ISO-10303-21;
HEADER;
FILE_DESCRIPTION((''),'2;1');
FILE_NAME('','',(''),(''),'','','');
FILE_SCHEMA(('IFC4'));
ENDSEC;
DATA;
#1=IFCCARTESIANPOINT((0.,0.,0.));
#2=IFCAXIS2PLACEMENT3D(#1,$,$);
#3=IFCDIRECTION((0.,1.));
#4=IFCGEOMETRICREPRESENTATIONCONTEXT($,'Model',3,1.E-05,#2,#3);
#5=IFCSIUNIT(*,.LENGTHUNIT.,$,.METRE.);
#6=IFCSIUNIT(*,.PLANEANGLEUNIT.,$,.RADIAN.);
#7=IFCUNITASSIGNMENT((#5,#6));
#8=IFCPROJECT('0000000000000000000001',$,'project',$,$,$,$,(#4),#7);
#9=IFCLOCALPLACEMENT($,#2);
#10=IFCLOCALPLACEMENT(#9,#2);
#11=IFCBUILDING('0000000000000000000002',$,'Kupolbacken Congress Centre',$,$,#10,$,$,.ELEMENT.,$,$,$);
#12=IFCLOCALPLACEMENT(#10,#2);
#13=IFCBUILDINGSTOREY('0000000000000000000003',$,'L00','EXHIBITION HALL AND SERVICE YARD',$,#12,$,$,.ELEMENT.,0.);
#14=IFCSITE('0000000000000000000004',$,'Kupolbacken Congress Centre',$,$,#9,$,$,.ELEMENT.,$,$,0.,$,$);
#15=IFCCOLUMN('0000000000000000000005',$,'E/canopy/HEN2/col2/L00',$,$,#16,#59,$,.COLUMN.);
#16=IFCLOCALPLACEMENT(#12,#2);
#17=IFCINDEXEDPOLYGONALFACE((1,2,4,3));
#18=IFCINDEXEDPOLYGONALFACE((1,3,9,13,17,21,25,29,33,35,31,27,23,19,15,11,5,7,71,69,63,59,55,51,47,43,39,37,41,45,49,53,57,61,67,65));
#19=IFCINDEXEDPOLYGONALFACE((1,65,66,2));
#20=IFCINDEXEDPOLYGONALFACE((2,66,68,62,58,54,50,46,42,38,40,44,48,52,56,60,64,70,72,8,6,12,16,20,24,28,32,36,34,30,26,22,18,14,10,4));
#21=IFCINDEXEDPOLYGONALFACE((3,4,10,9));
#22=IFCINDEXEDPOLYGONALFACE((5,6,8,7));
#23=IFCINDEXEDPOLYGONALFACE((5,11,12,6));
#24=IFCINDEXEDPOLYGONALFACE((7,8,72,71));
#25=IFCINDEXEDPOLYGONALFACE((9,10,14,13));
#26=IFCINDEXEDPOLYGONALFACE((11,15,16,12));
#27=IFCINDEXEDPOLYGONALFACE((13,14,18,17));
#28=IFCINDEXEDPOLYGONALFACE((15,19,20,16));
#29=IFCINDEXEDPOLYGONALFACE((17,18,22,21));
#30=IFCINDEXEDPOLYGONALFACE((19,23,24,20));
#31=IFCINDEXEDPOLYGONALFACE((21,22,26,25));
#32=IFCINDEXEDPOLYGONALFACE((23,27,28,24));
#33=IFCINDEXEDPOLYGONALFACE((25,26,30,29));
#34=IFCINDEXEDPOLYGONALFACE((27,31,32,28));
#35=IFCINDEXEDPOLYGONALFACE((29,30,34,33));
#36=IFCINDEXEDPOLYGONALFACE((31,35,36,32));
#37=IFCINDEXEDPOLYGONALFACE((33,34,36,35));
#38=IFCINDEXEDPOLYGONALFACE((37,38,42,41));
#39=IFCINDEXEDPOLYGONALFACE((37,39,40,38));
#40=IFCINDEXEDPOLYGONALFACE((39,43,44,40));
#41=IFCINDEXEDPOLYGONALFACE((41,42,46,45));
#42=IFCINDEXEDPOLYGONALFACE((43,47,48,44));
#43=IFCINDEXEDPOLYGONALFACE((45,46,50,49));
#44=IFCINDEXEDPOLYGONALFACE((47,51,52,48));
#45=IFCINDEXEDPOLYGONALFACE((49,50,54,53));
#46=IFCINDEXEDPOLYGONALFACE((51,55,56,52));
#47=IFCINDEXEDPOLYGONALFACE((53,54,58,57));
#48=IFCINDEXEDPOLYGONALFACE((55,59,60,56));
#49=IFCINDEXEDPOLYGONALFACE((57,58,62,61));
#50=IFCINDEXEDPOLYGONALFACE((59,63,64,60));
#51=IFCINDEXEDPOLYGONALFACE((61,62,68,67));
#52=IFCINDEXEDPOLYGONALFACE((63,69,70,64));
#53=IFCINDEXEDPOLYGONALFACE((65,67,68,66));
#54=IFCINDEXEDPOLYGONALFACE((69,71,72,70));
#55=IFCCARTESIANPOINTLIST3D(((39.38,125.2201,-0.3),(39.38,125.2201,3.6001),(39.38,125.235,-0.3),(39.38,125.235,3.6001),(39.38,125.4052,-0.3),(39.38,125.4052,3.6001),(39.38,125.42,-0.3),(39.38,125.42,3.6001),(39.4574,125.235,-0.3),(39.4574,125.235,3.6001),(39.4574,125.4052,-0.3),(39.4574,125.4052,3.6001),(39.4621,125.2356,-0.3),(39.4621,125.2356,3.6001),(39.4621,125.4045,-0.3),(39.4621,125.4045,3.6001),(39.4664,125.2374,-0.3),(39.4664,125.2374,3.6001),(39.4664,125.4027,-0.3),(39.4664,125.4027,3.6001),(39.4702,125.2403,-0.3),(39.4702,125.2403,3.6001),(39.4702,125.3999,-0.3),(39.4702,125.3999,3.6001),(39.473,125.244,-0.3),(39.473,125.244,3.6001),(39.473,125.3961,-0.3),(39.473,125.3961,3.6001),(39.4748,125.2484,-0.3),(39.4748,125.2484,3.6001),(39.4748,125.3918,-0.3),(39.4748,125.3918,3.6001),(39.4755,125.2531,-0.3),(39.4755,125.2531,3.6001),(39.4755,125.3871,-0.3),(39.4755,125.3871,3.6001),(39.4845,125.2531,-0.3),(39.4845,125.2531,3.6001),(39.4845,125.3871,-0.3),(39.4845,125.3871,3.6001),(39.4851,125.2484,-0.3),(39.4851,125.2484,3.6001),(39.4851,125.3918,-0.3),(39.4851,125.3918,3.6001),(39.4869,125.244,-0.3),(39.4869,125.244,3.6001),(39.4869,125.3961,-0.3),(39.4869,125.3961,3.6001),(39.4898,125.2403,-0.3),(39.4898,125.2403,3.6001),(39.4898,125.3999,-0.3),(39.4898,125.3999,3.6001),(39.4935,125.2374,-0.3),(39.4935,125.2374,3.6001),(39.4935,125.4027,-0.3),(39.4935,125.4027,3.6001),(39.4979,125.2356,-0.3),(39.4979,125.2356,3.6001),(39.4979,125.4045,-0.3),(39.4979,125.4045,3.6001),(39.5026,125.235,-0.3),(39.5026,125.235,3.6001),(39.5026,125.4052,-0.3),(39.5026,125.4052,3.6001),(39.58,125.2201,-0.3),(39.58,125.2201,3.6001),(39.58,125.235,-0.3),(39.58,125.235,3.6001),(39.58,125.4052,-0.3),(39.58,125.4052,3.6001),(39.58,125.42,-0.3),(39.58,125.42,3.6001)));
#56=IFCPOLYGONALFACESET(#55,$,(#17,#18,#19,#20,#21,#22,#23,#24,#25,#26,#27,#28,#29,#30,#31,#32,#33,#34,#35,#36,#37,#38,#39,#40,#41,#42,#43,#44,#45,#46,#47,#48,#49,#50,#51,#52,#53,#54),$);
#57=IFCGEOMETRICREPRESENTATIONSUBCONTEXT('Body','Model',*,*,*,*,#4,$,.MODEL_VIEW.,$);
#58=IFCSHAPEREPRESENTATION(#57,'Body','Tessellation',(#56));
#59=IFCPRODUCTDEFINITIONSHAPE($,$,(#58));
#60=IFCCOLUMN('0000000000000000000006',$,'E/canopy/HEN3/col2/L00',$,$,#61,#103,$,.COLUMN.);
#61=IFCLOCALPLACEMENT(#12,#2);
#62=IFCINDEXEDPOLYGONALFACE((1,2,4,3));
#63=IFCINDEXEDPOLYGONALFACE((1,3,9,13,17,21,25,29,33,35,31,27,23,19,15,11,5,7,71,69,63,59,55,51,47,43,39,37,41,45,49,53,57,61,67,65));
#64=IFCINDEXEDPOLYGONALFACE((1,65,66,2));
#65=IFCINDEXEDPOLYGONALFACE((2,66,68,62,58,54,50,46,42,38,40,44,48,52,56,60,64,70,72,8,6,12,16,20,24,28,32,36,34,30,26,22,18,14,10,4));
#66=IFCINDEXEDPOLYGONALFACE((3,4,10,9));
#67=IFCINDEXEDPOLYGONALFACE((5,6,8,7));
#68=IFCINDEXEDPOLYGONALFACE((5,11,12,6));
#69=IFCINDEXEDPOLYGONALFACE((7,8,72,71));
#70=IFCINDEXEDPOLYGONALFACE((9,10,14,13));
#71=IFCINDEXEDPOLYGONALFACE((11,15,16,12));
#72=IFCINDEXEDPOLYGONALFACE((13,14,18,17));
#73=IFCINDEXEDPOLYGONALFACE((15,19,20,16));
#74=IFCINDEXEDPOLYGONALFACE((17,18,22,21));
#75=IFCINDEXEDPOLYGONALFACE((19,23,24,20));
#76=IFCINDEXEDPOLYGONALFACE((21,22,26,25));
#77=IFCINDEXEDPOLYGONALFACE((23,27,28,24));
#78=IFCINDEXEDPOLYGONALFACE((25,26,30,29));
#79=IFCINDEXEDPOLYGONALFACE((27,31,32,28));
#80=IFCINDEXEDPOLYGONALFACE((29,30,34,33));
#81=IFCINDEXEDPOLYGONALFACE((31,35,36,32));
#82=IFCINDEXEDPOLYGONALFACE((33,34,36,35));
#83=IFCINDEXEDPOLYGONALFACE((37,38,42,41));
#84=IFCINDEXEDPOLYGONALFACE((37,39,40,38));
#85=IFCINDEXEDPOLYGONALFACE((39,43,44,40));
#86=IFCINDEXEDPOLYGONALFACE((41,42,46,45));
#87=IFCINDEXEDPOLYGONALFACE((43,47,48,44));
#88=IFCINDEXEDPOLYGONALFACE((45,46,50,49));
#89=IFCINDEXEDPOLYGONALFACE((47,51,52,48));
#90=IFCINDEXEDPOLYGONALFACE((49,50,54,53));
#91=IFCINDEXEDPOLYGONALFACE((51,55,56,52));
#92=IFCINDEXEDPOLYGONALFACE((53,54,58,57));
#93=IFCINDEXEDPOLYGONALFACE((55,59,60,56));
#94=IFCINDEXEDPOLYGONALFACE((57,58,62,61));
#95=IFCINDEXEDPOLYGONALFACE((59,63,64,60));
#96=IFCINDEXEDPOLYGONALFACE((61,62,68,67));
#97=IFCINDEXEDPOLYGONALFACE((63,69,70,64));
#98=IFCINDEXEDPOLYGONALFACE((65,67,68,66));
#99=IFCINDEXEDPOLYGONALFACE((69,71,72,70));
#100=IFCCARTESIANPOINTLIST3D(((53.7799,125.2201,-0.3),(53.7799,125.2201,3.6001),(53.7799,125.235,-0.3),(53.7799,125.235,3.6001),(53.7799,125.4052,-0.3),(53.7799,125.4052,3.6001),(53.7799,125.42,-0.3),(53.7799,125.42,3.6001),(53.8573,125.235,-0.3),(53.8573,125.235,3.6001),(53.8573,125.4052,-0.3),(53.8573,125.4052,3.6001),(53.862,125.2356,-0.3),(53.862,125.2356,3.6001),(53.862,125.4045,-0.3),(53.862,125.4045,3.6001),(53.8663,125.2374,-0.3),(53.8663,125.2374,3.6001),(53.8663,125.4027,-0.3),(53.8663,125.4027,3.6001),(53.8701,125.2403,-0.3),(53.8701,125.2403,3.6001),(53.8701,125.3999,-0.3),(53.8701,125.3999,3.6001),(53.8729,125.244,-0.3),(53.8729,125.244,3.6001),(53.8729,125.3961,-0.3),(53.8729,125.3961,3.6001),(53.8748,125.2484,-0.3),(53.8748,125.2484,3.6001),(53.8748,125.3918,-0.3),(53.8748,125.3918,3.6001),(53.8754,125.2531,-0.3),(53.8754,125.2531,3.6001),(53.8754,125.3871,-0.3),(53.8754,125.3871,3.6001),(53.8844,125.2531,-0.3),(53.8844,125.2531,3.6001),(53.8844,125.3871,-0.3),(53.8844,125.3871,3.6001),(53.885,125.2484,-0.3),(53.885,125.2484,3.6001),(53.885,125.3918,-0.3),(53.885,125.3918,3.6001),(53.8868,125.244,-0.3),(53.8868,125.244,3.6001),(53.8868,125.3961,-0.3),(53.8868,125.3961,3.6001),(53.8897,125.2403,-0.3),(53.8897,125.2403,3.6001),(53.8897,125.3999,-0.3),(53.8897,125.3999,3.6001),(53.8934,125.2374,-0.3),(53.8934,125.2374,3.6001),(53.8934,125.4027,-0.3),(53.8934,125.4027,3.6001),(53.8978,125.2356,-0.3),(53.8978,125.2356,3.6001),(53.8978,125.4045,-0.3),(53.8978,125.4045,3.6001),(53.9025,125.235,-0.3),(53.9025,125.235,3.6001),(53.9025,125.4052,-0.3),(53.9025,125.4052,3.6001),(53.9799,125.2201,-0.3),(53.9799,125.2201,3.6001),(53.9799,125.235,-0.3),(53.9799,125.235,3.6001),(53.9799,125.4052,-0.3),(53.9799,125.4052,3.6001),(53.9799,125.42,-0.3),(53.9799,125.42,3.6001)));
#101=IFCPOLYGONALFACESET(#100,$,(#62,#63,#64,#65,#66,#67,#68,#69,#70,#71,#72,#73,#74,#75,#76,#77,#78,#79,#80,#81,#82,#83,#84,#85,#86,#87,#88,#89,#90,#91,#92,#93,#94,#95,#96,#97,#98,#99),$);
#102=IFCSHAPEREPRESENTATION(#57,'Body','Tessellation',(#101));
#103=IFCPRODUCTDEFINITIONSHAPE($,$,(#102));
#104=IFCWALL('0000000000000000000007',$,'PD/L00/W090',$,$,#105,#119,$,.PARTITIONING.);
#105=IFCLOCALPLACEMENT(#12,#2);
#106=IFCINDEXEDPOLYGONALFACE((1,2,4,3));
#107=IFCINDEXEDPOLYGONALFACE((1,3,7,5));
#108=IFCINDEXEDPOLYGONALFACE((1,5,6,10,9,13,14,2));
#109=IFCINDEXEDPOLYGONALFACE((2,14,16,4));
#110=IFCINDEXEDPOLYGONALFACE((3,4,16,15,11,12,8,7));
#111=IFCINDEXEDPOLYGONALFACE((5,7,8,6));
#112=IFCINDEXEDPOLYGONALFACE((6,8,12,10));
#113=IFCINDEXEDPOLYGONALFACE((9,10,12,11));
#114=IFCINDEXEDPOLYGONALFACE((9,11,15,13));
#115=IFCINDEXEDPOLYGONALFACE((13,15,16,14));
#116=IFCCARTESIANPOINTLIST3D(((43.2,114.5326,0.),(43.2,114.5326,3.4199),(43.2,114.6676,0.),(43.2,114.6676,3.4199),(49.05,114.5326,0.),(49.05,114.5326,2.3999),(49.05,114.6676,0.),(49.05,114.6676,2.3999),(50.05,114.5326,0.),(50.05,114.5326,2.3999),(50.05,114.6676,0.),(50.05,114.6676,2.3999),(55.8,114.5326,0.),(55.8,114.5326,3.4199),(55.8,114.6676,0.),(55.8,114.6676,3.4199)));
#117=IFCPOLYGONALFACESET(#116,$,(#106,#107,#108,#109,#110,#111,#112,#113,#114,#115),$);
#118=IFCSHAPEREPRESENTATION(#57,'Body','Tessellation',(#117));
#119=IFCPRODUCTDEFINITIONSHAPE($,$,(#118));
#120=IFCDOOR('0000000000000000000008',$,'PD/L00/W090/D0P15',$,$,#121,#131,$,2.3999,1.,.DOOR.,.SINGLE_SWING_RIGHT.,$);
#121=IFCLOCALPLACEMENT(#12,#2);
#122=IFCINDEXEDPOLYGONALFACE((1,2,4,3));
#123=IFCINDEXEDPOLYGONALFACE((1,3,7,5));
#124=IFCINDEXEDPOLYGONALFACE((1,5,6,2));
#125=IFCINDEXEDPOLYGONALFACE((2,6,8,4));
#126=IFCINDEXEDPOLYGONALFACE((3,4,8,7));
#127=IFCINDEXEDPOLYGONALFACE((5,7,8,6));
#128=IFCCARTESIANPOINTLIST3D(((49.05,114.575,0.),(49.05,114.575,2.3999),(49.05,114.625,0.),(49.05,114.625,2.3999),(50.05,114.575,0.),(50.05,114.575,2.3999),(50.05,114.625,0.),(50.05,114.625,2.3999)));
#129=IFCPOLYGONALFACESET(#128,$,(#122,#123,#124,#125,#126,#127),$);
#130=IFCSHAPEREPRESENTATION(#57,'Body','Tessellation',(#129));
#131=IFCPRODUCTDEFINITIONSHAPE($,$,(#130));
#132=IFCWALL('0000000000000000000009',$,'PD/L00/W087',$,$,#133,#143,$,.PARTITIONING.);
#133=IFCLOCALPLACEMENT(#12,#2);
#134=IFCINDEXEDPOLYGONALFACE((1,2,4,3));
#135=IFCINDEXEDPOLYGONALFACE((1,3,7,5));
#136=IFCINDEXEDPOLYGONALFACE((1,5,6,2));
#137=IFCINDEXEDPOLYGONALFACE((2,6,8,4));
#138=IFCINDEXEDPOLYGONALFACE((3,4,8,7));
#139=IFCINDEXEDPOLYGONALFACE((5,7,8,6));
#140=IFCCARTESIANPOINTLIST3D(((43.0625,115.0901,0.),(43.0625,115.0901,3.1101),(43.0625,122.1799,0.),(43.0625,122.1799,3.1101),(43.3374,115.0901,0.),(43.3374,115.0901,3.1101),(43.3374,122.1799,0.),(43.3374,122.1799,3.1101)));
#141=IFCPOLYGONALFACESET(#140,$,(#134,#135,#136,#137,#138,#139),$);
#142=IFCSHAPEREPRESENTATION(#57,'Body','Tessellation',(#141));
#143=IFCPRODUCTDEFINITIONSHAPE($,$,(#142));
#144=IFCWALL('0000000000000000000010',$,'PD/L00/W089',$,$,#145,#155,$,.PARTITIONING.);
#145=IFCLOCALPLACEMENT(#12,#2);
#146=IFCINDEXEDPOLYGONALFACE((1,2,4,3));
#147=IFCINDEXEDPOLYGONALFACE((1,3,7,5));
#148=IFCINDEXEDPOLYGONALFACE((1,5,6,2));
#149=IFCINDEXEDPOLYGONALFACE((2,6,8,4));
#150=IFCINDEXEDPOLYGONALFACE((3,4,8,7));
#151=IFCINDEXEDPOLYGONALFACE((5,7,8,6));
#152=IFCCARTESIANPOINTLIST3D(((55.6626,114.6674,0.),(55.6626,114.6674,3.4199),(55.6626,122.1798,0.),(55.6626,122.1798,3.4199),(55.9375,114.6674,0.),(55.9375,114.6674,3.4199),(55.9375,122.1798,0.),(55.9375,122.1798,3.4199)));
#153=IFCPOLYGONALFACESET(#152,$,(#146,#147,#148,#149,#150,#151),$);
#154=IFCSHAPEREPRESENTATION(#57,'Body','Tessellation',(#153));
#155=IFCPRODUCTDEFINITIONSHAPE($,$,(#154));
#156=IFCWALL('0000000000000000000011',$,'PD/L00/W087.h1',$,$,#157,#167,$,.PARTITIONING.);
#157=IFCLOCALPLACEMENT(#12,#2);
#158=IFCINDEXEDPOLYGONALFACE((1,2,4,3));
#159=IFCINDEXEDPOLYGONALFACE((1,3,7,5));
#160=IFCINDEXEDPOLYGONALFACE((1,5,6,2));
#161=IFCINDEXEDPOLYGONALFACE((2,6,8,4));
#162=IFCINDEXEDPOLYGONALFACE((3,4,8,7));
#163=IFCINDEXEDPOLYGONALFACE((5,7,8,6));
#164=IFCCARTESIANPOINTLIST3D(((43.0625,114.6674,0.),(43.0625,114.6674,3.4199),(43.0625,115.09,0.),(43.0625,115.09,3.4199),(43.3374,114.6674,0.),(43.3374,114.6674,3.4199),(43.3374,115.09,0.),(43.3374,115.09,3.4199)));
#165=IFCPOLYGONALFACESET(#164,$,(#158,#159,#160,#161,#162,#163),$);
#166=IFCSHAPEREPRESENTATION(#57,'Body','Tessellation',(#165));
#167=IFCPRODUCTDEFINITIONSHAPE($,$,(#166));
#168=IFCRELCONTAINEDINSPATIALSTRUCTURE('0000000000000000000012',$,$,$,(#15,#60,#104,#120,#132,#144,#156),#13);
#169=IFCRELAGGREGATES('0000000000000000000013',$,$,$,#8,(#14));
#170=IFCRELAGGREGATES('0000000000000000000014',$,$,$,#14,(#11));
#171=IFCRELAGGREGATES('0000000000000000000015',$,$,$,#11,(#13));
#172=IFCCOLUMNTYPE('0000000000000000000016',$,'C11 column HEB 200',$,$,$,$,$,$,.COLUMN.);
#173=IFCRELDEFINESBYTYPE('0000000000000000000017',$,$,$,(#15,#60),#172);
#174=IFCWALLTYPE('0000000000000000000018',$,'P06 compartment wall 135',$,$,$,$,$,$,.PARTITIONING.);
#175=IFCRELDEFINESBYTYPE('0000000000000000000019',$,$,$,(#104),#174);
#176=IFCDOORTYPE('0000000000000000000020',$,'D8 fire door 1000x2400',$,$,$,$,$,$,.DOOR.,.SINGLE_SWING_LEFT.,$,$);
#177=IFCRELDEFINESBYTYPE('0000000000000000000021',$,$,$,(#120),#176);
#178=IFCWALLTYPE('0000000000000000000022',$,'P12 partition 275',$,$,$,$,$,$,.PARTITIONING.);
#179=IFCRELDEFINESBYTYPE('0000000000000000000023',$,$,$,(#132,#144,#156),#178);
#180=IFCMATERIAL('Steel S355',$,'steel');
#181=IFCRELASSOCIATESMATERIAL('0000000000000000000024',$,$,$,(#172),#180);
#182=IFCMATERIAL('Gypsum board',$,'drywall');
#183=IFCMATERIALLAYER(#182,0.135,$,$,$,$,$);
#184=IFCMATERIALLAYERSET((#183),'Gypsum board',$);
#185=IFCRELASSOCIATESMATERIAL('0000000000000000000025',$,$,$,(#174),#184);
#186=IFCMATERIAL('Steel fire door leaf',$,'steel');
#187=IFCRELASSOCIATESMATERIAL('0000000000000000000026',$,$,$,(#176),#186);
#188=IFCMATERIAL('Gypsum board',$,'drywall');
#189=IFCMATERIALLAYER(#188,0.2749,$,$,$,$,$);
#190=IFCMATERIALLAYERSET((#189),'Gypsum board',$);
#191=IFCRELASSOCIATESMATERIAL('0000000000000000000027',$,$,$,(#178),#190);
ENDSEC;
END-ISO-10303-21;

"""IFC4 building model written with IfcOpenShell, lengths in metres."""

from ifc_helpers import new_model, si_unit, direction, frame, frame_2d, origin, origin_2d, place, context, subcontext, project, spatial, rectangle, i_section, extrude, material, layer, layer_set, material_profile, profile_set, type_object, element, fill, save


model = new_model("IFC4")

# Units and contexts
model_context = context("Model", 3, precision=1e-05, world=origin(), true_north=direction((0.0, 1.0)))
body_context = subcontext(model_context, "Body", "Model", "MODEL_VIEW")
ifc_project = project(units=[si_unit("LENGTHUNIT", "METRE"), si_unit("PLANEANGLEUNIT", "RADIAN")], contexts=[model_context])

# Site, building, storey
site_placement = place(None, origin())
site = spatial("IfcSite", under=ifc_project, at=site_placement, Name="Kupolbacken Congress Centre", CompositionType="ELEMENT", RefElevation=0.0)
building_placement = place(site_placement, origin())
building = spatial("IfcBuilding", under=site, at=building_placement, Name="Kupolbacken Congress Centre", CompositionType="ELEMENT")
storey_placement = place(building_placement, origin())
storey = spatial("IfcBuildingStorey", under=building, at=storey_placement, Name="L00", Description="EXHIBITION HALL AND SERVICE YARD", CompositionType="ELEMENT", Elevation=0.0)

# Columns
ifc_material_1 = material(Name="Steel S355", Category="steel")
ifc_material_profile_1 = material_profile(ifc_material_1, i_section(OverallWidth=0.2, OverallDepth=0.2, WebThickness=0.009, FlangeThickness=0.0149, FilletRadius=0.0181, at=origin_2d()), Name="HEB 200")
ifc_profile_set_1 = profile_set([ifc_material_profile_1], Name="Steel S355")
column_type_1 = type_object("IfcColumnType", Name="C11 column HEB 200", PredefinedType="COLUMN", material=ifc_profile_set_1)
for number, where, z_axis, x_axis, name in (
    (1, (39.48, 125.3201, -0.3), (0.0, 0.0, 1.0), (1.0, 0.0, 0.0), "E/canopy/HEN2/col2/L00"),
    (2, (53.8799, 125.3201, -0.3), (0.0, 0.0, 1.0), (1.0, 0.0, 0.0), "E/canopy/HEN3/col2/L00"),
):
    element("IfcColumn", number, at=place(storey_placement, frame(where, z_axis=z_axis, x_axis=x_axis)), inside=storey, type_object=column_type_1, Name=name, PredefinedType="COLUMN", context=body_context, shape_type="SweptSolid", body=[
        extrude(i_section(OverallWidth=0.2, OverallDepth=0.2, WebThickness=0.009, FlangeThickness=0.0149, FilletRadius=0.0181, at=origin_2d()), origin(), (0.0, 0.0, 1.0), 3.9001),
    ])

# Wall, opening, door
ifc_material_2 = material(Name="Gypsum board", Category="drywall")
ifc_layer_1 = layer(ifc_material_2, 0.135)
ifc_layer_set_1 = layer_set([ifc_layer_1], Name="Gypsum board")
wall_type_1 = type_object("IfcWallType", Name="P06 compartment wall 135", PredefinedType="PARTITIONING", material=ifc_layer_set_1)
wall_1_placement = place(storey_placement, frame((55.8, 114.6001, 0.0), z_axis=(0.0, 0.0, 1.0), x_axis=(-1.0, 0.0, 0.0)))
wall_1 = element("IfcWall", 3, at=wall_1_placement, inside=storey, type_object=wall_type_1, Name="PD/L00/W090", PredefinedType="PARTITIONING", context=body_context, shape_type="SweptSolid", body=[
    extrude(rectangle(XDim=12.6001, YDim=0.135, at=frame_2d((6.3, 0.0))), origin(), (0.0, 0.0, 1.0), 3.4199),
])
opening_placement = place(wall_1_placement, frame((5.75, 0.0, 0.0)))
opening = element("IfcOpeningElement", 4, at=opening_placement, cuts=wall_1, PredefinedType="OPENING", context=body_context, shape_type="SweptSolid", body=[
    extrude(rectangle(XDim=1.0, YDim=2.3999, at=frame_2d((0.5, 1.2))), frame((0.0, 0.0774, 0.0), z_axis=(0.0, -1.0, 0.0), x_axis=(1.0, 0.0, 0.0)), (0.0, 0.0, 1.0), 0.155),
])
ifc_material_3 = material(Name="Steel fire door leaf", Category="steel")
door_type = type_object("IfcDoorType", Name="D8 fire door 1000x2400", OperationType="SINGLE_SWING_LEFT", PredefinedType="DOOR", material=ifc_material_3)
door_placement = place(opening_placement, frame((1.0, 0.0, 0.0), z_axis=(0.0, 0.0, 1.0), x_axis=(-1.0, 0.0, 0.0)))
door = element("IfcDoor", 5, at=door_placement, inside=storey, type_object=door_type, Name="PD/L00/W090/D0P15", OperationType="SINGLE_SWING_RIGHT", OverallHeight=2.3999, OverallWidth=1.0, PredefinedType="DOOR", context=body_context, shape_type="SweptSolid", body=[
    extrude(rectangle(XDim=1.0, YDim=2.3999, at=frame_2d((0.5, 1.2))), frame((0.0, 0.0249, 0.0), z_axis=(0.0, -1.0, 0.0), x_axis=(1.0, 0.0, 0.0)), (0.0, 0.0, 1.0), 0.05),
])
fill(opening, door)

# Walls
ifc_material_4 = material(Name="Gypsum board", Category="drywall")
ifc_layer_2 = layer(ifc_material_4, 0.2749)
ifc_layer_set_2 = layer_set([ifc_layer_2], Name="Gypsum board")
wall_type_2 = type_object("IfcWallType", Name="P12 partition 275", PredefinedType="PARTITIONING", material=ifc_layer_set_2)
wall_2_placement = place(storey_placement, frame((43.2, 122.1799, 0.0), z_axis=(0.0, 0.0, 1.0), x_axis=(0.0, -1.0, 0.0)))
element("IfcWall", 6, at=wall_2_placement, inside=storey, type_object=wall_type_2, Name="PD/L00/W087", PredefinedType="PARTITIONING", context=body_context, shape_type="SweptSolid", body=[
    extrude(rectangle(XDim=7.0898, YDim=0.2749, at=frame_2d((3.5449, 0.0))), origin(), (0.0, 0.0, 1.0), 3.1101),
])
wall_3_placement = place(storey_placement, frame((55.8, 122.1799, 0.0), z_axis=(0.0, 0.0, 1.0), x_axis=(0.0, -1.0, 0.0)))
element("IfcWall", 7, at=wall_3_placement, inside=storey, type_object=wall_type_2, Name="PD/L00/W089", PredefinedType="PARTITIONING", context=body_context, shape_type="SweptSolid", body=[
    extrude(rectangle(XDim=7.5125, YDim=0.2749, at=frame_2d((3.7563, 0.0))), origin(), (0.0, 0.0, 1.0), 3.4199),
])
wall_4_placement = place(storey_placement, frame((43.2, 115.0901, 0.0), z_axis=(0.0, 0.0, 1.0), x_axis=(0.0, -1.0, 0.0)))
element("IfcWall", 8, at=wall_4_placement, inside=storey, type_object=wall_type_2, Name="PD/L00/W087.h1", PredefinedType="PARTITIONING", context=body_context, shape_type="SweptSolid", body=[
    extrude(rectangle(XDim=0.4226, YDim=0.2749, at=frame_2d((0.2114, 0.0))), origin(), (0.0, 0.0, 1.0), 3.4199),
])

save(model, "model.ifc")
